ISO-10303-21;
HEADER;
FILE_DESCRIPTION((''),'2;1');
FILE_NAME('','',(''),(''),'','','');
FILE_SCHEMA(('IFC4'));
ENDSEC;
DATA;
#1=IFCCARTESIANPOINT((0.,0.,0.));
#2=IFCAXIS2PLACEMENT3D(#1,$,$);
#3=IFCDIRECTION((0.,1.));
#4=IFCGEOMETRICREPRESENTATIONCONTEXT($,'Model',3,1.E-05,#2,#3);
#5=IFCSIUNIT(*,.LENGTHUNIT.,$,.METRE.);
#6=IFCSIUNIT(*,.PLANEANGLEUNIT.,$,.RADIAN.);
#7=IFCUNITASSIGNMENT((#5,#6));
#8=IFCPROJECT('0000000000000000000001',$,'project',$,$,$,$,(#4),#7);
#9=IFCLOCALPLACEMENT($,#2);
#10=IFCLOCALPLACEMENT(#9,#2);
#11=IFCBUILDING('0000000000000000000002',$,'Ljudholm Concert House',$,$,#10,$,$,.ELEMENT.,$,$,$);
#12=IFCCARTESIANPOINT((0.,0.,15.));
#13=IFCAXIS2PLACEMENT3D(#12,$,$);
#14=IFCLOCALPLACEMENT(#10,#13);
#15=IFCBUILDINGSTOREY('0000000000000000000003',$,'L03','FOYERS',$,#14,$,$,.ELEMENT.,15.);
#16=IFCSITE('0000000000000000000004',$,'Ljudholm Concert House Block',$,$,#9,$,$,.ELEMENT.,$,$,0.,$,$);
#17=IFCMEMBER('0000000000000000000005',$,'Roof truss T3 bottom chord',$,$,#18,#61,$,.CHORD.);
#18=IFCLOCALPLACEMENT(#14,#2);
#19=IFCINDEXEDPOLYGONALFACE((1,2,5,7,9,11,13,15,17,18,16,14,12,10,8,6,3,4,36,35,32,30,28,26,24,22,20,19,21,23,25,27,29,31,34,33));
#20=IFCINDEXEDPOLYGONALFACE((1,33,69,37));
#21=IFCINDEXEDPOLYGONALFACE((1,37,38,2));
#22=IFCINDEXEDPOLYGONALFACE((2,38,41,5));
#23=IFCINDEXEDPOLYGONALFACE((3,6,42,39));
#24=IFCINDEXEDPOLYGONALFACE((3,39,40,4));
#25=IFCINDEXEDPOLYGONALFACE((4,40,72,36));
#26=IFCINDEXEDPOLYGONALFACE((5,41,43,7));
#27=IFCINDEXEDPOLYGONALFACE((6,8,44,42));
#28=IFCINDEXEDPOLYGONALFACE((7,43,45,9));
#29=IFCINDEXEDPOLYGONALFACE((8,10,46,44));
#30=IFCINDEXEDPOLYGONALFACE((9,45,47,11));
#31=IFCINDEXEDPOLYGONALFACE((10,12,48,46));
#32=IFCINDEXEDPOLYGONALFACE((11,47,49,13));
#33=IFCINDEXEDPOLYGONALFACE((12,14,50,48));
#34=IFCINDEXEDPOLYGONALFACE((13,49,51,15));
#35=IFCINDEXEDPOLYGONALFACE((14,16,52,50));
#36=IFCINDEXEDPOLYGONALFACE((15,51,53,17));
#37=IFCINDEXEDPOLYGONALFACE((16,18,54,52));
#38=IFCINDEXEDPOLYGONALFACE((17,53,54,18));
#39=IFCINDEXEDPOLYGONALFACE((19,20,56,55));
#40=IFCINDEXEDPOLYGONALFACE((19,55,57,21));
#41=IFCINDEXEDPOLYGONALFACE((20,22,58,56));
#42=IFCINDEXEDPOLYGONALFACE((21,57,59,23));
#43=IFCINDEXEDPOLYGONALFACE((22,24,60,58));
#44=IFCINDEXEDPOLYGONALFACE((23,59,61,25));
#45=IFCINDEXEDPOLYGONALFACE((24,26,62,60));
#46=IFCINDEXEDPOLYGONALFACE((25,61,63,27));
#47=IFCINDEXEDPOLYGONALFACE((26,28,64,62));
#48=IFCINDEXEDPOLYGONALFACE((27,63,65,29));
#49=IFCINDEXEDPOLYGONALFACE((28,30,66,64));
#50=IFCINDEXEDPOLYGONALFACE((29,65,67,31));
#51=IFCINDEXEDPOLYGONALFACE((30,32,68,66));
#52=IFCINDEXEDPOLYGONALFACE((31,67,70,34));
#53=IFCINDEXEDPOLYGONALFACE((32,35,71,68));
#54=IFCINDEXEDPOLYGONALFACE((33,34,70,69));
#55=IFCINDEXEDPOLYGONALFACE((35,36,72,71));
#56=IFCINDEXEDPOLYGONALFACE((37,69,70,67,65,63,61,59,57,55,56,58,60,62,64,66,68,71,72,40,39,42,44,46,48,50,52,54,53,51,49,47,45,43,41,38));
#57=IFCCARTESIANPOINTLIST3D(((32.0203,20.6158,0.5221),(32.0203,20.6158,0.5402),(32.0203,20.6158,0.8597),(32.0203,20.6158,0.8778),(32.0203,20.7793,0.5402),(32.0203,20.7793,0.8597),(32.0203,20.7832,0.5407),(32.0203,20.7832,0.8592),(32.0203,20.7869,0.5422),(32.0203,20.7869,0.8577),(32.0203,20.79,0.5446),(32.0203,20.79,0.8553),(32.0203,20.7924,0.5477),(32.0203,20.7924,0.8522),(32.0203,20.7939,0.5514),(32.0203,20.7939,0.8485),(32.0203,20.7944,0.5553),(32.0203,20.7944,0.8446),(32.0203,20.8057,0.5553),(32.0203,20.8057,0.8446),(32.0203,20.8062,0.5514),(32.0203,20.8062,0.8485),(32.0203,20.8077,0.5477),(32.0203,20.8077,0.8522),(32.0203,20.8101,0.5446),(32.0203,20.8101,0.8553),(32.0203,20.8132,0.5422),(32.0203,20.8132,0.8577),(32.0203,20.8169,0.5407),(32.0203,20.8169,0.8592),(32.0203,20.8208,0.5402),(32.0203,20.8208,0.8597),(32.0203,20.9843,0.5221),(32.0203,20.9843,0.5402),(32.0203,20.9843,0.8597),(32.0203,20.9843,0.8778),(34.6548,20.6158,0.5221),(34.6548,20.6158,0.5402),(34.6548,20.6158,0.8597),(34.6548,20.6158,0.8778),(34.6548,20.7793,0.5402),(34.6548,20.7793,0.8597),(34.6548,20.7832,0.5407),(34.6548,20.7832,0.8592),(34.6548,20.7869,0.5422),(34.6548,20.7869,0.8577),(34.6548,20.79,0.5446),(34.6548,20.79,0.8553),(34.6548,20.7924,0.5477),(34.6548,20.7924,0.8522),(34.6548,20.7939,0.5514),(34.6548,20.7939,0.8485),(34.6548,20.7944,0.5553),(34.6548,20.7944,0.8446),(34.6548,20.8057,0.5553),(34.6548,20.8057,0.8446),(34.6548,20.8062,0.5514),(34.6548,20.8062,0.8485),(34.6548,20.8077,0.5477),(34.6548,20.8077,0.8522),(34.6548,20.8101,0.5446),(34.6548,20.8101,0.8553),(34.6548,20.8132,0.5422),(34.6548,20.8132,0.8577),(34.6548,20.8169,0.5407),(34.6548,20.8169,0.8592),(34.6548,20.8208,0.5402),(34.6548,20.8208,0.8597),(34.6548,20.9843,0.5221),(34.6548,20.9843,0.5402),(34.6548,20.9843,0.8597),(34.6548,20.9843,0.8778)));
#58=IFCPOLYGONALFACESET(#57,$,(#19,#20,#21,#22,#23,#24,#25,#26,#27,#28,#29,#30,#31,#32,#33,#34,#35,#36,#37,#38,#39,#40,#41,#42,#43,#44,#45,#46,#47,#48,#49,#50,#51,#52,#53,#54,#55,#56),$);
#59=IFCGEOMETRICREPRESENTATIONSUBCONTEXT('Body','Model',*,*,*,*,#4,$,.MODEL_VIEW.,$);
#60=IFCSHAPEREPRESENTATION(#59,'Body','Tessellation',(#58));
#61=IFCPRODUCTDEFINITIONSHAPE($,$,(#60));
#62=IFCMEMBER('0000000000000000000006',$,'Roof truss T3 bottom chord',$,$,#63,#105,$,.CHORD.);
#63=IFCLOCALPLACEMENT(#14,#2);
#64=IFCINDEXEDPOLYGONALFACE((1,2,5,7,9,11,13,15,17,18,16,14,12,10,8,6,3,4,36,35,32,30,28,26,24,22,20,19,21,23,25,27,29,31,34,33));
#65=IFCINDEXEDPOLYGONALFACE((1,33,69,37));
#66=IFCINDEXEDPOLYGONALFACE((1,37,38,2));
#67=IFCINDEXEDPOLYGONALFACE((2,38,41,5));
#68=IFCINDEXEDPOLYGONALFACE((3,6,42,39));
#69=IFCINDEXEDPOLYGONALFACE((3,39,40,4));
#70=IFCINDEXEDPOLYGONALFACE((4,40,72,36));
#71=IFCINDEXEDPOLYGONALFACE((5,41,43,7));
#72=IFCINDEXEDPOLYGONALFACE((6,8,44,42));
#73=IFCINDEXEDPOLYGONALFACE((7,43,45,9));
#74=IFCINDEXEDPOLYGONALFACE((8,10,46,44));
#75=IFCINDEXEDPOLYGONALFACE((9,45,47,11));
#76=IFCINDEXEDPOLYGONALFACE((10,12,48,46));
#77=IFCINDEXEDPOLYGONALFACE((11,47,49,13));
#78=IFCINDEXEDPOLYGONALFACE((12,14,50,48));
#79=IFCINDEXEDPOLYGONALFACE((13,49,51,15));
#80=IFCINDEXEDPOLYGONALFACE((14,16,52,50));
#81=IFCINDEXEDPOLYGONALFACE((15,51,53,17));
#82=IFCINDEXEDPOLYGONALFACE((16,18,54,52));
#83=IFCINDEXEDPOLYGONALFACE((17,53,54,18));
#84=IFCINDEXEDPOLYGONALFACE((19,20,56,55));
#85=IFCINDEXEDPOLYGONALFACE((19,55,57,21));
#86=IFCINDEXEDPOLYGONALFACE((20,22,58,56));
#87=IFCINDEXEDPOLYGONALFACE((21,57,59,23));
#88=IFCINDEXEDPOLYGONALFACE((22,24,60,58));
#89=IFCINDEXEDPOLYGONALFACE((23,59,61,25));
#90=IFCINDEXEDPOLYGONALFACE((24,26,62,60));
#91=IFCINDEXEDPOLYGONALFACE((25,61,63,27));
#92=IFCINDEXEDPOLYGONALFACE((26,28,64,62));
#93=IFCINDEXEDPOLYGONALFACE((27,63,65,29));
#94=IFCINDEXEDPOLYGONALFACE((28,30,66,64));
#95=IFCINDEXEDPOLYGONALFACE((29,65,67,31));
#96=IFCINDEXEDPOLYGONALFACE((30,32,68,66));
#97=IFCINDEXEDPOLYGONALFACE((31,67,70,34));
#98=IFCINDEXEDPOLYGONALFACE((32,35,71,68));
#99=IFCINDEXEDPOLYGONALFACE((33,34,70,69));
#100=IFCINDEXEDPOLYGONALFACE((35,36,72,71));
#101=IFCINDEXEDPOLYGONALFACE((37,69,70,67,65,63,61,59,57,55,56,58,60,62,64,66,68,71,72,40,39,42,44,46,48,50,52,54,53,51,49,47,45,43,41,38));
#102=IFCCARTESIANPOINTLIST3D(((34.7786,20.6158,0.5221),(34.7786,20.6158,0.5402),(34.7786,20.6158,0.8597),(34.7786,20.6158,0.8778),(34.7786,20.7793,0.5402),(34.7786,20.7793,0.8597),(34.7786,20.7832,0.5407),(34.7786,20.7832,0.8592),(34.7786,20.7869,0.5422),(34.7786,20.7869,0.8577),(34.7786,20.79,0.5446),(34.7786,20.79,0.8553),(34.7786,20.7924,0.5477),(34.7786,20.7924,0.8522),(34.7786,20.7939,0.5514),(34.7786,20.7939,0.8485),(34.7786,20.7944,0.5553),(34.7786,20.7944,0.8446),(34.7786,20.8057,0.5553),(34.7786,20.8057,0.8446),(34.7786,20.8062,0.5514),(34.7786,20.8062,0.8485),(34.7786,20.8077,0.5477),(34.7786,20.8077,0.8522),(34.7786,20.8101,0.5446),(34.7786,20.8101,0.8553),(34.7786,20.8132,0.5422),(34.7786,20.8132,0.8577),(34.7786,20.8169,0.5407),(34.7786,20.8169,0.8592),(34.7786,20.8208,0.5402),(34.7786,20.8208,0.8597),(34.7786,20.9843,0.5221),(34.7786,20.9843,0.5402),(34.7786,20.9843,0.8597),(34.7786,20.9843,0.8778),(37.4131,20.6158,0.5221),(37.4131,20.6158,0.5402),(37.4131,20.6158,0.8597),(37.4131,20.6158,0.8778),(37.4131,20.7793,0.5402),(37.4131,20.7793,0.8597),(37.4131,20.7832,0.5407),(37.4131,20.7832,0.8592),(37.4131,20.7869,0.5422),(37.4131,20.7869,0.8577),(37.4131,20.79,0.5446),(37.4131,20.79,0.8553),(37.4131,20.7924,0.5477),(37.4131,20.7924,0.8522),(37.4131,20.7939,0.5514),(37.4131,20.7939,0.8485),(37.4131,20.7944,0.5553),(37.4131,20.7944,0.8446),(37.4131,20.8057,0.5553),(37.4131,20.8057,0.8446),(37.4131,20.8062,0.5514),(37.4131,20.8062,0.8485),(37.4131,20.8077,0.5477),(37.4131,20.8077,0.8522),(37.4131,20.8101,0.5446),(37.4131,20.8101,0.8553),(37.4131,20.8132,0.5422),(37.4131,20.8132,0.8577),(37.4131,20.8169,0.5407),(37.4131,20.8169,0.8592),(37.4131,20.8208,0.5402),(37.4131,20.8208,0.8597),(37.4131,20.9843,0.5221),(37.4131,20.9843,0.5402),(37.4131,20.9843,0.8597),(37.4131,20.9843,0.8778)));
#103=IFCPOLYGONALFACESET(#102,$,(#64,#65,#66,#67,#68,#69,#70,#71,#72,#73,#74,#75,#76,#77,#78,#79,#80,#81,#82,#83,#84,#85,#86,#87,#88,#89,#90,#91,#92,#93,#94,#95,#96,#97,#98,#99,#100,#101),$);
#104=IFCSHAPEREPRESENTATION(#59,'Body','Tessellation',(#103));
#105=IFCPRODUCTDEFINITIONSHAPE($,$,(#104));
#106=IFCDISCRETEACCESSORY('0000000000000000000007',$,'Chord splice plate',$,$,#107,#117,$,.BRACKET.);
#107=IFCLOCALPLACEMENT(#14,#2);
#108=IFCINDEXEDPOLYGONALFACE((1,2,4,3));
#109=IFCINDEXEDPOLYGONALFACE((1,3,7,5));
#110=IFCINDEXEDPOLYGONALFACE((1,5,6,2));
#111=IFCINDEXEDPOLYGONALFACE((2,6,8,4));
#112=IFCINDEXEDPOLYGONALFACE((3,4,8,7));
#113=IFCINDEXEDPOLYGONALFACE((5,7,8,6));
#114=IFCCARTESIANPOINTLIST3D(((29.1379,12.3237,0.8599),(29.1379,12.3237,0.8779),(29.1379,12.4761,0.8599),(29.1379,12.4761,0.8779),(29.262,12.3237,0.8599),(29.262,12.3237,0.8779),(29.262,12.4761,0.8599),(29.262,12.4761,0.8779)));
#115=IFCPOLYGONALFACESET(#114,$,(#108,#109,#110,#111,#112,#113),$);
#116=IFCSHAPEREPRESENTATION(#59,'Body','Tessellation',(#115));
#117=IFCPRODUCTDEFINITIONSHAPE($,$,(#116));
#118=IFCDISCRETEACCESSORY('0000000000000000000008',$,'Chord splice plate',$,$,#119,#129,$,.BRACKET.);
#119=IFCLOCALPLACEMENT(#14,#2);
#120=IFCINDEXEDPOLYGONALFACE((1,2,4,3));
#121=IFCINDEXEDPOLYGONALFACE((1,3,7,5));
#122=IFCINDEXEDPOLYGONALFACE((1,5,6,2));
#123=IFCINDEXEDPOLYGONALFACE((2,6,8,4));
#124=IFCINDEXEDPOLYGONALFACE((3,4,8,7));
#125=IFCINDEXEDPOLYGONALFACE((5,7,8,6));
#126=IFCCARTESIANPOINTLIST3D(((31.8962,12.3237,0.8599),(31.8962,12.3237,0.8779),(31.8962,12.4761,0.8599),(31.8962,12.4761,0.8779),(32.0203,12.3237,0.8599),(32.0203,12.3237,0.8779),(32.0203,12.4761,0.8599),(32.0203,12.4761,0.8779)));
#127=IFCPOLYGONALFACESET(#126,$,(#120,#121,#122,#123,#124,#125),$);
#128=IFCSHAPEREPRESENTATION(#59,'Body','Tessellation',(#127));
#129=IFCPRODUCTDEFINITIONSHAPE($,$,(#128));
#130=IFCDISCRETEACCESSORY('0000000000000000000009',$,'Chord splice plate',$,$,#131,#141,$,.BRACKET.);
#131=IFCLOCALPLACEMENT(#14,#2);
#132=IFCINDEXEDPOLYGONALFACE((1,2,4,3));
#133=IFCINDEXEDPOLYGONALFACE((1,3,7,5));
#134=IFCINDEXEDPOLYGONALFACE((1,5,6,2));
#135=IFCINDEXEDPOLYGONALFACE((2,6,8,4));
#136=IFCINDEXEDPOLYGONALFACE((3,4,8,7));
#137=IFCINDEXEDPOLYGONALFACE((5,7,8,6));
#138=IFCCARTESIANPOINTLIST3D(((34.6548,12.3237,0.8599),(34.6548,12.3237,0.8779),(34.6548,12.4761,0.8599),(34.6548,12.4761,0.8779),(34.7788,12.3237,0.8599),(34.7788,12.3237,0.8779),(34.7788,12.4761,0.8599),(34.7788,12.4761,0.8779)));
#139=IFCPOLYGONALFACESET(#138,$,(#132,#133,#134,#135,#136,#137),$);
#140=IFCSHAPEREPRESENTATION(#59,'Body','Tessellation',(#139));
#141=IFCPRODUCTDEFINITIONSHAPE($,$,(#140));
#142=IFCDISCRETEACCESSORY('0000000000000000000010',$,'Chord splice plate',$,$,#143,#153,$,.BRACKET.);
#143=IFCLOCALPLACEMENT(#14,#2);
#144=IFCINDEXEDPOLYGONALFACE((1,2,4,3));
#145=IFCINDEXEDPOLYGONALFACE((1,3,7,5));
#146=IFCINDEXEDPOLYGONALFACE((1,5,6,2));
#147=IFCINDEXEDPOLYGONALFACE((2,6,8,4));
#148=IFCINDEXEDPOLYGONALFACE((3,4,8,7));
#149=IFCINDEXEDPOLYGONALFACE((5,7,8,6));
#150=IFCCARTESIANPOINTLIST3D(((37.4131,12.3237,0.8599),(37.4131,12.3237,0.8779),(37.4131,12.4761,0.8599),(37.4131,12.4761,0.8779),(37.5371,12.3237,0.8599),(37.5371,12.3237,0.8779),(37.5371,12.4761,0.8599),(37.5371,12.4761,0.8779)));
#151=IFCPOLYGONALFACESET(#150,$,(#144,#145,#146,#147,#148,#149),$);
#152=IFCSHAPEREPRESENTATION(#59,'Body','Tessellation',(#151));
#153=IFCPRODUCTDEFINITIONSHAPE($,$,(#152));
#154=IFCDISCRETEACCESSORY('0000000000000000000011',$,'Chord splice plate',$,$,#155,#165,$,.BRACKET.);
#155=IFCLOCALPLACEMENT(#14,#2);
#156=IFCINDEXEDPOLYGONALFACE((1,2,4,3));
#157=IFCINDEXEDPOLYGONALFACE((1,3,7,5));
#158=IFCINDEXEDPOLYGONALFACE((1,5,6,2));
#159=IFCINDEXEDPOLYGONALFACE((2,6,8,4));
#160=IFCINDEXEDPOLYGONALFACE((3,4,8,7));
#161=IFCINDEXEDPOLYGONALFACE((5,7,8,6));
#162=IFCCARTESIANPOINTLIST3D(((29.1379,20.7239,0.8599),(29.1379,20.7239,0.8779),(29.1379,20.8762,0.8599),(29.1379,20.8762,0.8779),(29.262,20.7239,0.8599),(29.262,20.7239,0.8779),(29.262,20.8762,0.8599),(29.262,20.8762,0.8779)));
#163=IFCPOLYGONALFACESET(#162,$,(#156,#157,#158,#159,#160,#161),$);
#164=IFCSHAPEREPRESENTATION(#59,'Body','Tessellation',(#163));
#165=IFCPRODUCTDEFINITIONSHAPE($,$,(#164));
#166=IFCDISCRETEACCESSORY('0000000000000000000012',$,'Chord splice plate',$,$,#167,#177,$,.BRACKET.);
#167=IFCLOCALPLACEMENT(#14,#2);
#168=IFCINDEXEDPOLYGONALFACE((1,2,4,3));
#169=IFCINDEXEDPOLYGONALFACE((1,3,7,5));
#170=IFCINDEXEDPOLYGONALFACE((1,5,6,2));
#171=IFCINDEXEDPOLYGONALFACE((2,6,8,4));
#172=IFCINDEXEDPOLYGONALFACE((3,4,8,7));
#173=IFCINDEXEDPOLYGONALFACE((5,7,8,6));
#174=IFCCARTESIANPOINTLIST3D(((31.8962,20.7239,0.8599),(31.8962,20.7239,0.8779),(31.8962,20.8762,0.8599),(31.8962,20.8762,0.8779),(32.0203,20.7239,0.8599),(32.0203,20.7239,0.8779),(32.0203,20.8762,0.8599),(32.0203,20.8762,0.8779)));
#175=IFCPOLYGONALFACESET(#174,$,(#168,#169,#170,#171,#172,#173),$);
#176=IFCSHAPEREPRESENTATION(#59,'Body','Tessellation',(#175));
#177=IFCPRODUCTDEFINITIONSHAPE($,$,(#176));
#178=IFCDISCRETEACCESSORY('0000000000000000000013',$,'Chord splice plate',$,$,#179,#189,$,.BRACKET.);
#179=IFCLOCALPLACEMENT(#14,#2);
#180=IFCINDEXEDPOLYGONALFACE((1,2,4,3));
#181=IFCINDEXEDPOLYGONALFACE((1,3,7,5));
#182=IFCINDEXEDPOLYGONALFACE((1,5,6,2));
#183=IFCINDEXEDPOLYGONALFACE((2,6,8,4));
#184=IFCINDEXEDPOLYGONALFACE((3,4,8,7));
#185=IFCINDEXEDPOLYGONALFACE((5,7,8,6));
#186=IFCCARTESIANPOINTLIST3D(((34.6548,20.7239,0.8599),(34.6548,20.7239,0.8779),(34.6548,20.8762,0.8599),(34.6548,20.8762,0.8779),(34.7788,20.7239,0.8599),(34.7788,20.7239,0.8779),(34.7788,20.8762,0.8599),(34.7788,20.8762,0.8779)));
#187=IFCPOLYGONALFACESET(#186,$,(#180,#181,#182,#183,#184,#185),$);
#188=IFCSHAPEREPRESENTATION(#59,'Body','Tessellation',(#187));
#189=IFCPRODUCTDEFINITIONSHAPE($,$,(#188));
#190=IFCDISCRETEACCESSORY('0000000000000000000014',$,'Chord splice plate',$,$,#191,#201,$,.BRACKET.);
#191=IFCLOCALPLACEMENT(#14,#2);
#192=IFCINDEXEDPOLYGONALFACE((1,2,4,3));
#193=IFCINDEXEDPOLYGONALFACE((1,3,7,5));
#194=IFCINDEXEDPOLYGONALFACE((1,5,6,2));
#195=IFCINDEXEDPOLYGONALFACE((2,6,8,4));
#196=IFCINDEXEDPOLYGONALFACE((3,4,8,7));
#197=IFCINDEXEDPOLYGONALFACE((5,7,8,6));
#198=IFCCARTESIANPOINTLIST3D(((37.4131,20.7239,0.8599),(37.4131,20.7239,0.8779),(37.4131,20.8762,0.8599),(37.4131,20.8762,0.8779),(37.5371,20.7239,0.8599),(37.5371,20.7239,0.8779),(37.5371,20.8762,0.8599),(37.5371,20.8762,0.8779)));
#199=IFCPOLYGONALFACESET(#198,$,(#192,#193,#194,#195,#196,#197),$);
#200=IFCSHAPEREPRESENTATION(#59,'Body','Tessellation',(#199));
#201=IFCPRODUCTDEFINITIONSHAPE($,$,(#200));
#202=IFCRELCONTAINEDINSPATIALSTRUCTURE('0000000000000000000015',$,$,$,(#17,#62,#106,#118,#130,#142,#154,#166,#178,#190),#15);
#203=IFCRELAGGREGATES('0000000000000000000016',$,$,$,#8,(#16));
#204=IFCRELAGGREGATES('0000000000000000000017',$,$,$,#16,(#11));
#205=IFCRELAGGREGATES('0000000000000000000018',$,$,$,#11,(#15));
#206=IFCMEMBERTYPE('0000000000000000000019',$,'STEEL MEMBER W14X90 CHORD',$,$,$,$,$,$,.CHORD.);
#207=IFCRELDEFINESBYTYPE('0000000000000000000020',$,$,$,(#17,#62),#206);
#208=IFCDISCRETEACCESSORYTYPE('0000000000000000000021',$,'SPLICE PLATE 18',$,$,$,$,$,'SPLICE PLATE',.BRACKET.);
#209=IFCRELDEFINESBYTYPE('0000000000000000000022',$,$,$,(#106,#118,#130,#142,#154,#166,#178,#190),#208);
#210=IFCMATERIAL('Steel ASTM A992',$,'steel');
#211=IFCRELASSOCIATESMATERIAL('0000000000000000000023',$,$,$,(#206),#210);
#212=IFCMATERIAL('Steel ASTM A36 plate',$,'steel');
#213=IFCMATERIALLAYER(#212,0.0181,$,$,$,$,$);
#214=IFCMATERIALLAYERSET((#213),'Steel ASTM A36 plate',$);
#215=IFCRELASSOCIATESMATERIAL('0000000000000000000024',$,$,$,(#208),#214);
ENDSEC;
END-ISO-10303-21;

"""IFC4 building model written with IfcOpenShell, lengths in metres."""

from ifc_helpers import new_model, si_unit, direction, frame, origin, origin_2d, place, context, subcontext, project, spatial, rectangle, i_section, extrude, material, layer, layer_set, material_profile, profile_set, type_object, element, save


model = new_model("IFC4")

# Units and contexts
model_context = context("Model", 3, precision=1e-05, world=origin(), true_north=direction((0.0, 1.0)))
body_context = subcontext(model_context, "Body", "Model", "MODEL_VIEW")
ifc_project = project(units=[si_unit("LENGTHUNIT", "METRE"), si_unit("PLANEANGLEUNIT", "RADIAN")], contexts=[model_context])

# Site, building, storey
site_placement = place(None, origin())
site = spatial("IfcSite", under=ifc_project, at=site_placement, Name="Ljudholm Concert House Block", CompositionType="ELEMENT", RefElevation=0.0)
building_placement = place(site_placement, origin())
building = spatial("IfcBuilding", under=site, at=building_placement, Name="Ljudholm Concert House", CompositionType="ELEMENT")
storey_placement = place(building_placement, frame((0.0, 0.0, 15.0)))
storey = spatial("IfcBuildingStorey", under=building, at=storey_placement, Name="L03", Description="FOYERS", CompositionType="ELEMENT", Elevation=15.0)

# Members
ifc_material_1 = material(Name="Steel ASTM A992", Category="steel")
ifc_material_profile = material_profile(ifc_material_1, i_section(OverallWidth=0.3684, OverallDepth=0.3557, WebThickness=0.0112, FlangeThickness=0.0181, FilletRadius=0.0151, at=origin_2d()), Name="W14X90")
ifc_profile_set = profile_set([ifc_material_profile], Name="Steel ASTM A992")
member_type = type_object("IfcMemberType", Name="STEEL MEMBER W14X90 CHORD", PredefinedType="CHORD", material=ifc_profile_set)
for number, where, z_axis, x_axis, name in (
    (1, (32.0203, 20.8, 0.7), (1.0, 0.0, 0.0), (0.0, 1.0, 0.0), "Roof truss T3 bottom chord"),
    (2, (34.7786, 20.8, 0.7), (1.0, 0.0, 0.0), (0.0, 1.0, 0.0), "Roof truss T3 bottom chord"),
):
    element("IfcMember", number, at=place(storey_placement, frame(where, z_axis=z_axis, x_axis=x_axis)), inside=storey, type_object=member_type, Name=name, PredefinedType="CHORD", context=body_context, shape_type="SweptSolid", body=[
        extrude(i_section(OverallWidth=0.3684, OverallDepth=0.3557, WebThickness=0.0112, FlangeThickness=0.0181, FilletRadius=0.0151, at=origin_2d()), origin(), (0.0, 0.0, 1.0), 2.6345),
    ])

# Discrete accessories
ifc_material_2 = material(Name="Steel ASTM A36 plate", Category="steel")
ifc_layer_1 = layer(ifc_material_2, 0.0181)
ifc_layer_set_1 = layer_set([ifc_layer_1], Name="Steel ASTM A36 plate")
discrete_accessory_type_1 = type_object("IfcDiscreteAccessoryType", Name="SPLICE PLATE 18", ElementType="SPLICE PLATE", PredefinedType="BRACKET", material=ifc_layer_set_1)
for number, where, z_axis, x_axis, name in (
    (3, (29.2, 12.3999, 0.8599), (0.0, 0.0, 1.0), (1.0, 0.0, 0.0), "Chord splice plate"),
    (4, (31.9583, 12.3999, 0.8599), (0.0, 0.0, 1.0), (1.0, 0.0, 0.0), "Chord splice plate"),
    (5, (34.7168, 12.3999, 0.8599), (0.0, 0.0, 1.0), (1.0, 0.0, 0.0), "Chord splice plate"),
    (6, (37.4751, 12.3999, 0.8599), (0.0, 0.0, 1.0), (1.0, 0.0, 0.0), "Chord splice plate"),
    (7, (29.2, 20.8, 0.8599), (0.0, 0.0, 1.0), (1.0, 0.0, 0.0), "Chord splice plate"),
    (8, (31.9583, 20.8, 0.8599), (0.0, 0.0, 1.0), (1.0, 0.0, 0.0), "Chord splice plate"),
    (9, (34.7168, 20.8, 0.8599), (0.0, 0.0, 1.0), (1.0, 0.0, 0.0), "Chord splice plate"),
    (10, (37.4751, 20.8, 0.8599), (0.0, 0.0, 1.0), (1.0, 0.0, 0.0), "Chord splice plate"),
):
    element("IfcDiscreteAccessory", number, at=place(storey_placement, frame(where, z_axis=z_axis, x_axis=x_axis)), inside=storey, type_object=discrete_accessory_type_1, Name=name, PredefinedType="BRACKET", context=body_context, shape_type="SweptSolid", body=[
        extrude(rectangle(XDim=0.124, YDim=0.1523, at=origin_2d()), origin(), (0.0, 0.0, 1.0), 0.0181),
    ])

save(model, "model.ifc")
